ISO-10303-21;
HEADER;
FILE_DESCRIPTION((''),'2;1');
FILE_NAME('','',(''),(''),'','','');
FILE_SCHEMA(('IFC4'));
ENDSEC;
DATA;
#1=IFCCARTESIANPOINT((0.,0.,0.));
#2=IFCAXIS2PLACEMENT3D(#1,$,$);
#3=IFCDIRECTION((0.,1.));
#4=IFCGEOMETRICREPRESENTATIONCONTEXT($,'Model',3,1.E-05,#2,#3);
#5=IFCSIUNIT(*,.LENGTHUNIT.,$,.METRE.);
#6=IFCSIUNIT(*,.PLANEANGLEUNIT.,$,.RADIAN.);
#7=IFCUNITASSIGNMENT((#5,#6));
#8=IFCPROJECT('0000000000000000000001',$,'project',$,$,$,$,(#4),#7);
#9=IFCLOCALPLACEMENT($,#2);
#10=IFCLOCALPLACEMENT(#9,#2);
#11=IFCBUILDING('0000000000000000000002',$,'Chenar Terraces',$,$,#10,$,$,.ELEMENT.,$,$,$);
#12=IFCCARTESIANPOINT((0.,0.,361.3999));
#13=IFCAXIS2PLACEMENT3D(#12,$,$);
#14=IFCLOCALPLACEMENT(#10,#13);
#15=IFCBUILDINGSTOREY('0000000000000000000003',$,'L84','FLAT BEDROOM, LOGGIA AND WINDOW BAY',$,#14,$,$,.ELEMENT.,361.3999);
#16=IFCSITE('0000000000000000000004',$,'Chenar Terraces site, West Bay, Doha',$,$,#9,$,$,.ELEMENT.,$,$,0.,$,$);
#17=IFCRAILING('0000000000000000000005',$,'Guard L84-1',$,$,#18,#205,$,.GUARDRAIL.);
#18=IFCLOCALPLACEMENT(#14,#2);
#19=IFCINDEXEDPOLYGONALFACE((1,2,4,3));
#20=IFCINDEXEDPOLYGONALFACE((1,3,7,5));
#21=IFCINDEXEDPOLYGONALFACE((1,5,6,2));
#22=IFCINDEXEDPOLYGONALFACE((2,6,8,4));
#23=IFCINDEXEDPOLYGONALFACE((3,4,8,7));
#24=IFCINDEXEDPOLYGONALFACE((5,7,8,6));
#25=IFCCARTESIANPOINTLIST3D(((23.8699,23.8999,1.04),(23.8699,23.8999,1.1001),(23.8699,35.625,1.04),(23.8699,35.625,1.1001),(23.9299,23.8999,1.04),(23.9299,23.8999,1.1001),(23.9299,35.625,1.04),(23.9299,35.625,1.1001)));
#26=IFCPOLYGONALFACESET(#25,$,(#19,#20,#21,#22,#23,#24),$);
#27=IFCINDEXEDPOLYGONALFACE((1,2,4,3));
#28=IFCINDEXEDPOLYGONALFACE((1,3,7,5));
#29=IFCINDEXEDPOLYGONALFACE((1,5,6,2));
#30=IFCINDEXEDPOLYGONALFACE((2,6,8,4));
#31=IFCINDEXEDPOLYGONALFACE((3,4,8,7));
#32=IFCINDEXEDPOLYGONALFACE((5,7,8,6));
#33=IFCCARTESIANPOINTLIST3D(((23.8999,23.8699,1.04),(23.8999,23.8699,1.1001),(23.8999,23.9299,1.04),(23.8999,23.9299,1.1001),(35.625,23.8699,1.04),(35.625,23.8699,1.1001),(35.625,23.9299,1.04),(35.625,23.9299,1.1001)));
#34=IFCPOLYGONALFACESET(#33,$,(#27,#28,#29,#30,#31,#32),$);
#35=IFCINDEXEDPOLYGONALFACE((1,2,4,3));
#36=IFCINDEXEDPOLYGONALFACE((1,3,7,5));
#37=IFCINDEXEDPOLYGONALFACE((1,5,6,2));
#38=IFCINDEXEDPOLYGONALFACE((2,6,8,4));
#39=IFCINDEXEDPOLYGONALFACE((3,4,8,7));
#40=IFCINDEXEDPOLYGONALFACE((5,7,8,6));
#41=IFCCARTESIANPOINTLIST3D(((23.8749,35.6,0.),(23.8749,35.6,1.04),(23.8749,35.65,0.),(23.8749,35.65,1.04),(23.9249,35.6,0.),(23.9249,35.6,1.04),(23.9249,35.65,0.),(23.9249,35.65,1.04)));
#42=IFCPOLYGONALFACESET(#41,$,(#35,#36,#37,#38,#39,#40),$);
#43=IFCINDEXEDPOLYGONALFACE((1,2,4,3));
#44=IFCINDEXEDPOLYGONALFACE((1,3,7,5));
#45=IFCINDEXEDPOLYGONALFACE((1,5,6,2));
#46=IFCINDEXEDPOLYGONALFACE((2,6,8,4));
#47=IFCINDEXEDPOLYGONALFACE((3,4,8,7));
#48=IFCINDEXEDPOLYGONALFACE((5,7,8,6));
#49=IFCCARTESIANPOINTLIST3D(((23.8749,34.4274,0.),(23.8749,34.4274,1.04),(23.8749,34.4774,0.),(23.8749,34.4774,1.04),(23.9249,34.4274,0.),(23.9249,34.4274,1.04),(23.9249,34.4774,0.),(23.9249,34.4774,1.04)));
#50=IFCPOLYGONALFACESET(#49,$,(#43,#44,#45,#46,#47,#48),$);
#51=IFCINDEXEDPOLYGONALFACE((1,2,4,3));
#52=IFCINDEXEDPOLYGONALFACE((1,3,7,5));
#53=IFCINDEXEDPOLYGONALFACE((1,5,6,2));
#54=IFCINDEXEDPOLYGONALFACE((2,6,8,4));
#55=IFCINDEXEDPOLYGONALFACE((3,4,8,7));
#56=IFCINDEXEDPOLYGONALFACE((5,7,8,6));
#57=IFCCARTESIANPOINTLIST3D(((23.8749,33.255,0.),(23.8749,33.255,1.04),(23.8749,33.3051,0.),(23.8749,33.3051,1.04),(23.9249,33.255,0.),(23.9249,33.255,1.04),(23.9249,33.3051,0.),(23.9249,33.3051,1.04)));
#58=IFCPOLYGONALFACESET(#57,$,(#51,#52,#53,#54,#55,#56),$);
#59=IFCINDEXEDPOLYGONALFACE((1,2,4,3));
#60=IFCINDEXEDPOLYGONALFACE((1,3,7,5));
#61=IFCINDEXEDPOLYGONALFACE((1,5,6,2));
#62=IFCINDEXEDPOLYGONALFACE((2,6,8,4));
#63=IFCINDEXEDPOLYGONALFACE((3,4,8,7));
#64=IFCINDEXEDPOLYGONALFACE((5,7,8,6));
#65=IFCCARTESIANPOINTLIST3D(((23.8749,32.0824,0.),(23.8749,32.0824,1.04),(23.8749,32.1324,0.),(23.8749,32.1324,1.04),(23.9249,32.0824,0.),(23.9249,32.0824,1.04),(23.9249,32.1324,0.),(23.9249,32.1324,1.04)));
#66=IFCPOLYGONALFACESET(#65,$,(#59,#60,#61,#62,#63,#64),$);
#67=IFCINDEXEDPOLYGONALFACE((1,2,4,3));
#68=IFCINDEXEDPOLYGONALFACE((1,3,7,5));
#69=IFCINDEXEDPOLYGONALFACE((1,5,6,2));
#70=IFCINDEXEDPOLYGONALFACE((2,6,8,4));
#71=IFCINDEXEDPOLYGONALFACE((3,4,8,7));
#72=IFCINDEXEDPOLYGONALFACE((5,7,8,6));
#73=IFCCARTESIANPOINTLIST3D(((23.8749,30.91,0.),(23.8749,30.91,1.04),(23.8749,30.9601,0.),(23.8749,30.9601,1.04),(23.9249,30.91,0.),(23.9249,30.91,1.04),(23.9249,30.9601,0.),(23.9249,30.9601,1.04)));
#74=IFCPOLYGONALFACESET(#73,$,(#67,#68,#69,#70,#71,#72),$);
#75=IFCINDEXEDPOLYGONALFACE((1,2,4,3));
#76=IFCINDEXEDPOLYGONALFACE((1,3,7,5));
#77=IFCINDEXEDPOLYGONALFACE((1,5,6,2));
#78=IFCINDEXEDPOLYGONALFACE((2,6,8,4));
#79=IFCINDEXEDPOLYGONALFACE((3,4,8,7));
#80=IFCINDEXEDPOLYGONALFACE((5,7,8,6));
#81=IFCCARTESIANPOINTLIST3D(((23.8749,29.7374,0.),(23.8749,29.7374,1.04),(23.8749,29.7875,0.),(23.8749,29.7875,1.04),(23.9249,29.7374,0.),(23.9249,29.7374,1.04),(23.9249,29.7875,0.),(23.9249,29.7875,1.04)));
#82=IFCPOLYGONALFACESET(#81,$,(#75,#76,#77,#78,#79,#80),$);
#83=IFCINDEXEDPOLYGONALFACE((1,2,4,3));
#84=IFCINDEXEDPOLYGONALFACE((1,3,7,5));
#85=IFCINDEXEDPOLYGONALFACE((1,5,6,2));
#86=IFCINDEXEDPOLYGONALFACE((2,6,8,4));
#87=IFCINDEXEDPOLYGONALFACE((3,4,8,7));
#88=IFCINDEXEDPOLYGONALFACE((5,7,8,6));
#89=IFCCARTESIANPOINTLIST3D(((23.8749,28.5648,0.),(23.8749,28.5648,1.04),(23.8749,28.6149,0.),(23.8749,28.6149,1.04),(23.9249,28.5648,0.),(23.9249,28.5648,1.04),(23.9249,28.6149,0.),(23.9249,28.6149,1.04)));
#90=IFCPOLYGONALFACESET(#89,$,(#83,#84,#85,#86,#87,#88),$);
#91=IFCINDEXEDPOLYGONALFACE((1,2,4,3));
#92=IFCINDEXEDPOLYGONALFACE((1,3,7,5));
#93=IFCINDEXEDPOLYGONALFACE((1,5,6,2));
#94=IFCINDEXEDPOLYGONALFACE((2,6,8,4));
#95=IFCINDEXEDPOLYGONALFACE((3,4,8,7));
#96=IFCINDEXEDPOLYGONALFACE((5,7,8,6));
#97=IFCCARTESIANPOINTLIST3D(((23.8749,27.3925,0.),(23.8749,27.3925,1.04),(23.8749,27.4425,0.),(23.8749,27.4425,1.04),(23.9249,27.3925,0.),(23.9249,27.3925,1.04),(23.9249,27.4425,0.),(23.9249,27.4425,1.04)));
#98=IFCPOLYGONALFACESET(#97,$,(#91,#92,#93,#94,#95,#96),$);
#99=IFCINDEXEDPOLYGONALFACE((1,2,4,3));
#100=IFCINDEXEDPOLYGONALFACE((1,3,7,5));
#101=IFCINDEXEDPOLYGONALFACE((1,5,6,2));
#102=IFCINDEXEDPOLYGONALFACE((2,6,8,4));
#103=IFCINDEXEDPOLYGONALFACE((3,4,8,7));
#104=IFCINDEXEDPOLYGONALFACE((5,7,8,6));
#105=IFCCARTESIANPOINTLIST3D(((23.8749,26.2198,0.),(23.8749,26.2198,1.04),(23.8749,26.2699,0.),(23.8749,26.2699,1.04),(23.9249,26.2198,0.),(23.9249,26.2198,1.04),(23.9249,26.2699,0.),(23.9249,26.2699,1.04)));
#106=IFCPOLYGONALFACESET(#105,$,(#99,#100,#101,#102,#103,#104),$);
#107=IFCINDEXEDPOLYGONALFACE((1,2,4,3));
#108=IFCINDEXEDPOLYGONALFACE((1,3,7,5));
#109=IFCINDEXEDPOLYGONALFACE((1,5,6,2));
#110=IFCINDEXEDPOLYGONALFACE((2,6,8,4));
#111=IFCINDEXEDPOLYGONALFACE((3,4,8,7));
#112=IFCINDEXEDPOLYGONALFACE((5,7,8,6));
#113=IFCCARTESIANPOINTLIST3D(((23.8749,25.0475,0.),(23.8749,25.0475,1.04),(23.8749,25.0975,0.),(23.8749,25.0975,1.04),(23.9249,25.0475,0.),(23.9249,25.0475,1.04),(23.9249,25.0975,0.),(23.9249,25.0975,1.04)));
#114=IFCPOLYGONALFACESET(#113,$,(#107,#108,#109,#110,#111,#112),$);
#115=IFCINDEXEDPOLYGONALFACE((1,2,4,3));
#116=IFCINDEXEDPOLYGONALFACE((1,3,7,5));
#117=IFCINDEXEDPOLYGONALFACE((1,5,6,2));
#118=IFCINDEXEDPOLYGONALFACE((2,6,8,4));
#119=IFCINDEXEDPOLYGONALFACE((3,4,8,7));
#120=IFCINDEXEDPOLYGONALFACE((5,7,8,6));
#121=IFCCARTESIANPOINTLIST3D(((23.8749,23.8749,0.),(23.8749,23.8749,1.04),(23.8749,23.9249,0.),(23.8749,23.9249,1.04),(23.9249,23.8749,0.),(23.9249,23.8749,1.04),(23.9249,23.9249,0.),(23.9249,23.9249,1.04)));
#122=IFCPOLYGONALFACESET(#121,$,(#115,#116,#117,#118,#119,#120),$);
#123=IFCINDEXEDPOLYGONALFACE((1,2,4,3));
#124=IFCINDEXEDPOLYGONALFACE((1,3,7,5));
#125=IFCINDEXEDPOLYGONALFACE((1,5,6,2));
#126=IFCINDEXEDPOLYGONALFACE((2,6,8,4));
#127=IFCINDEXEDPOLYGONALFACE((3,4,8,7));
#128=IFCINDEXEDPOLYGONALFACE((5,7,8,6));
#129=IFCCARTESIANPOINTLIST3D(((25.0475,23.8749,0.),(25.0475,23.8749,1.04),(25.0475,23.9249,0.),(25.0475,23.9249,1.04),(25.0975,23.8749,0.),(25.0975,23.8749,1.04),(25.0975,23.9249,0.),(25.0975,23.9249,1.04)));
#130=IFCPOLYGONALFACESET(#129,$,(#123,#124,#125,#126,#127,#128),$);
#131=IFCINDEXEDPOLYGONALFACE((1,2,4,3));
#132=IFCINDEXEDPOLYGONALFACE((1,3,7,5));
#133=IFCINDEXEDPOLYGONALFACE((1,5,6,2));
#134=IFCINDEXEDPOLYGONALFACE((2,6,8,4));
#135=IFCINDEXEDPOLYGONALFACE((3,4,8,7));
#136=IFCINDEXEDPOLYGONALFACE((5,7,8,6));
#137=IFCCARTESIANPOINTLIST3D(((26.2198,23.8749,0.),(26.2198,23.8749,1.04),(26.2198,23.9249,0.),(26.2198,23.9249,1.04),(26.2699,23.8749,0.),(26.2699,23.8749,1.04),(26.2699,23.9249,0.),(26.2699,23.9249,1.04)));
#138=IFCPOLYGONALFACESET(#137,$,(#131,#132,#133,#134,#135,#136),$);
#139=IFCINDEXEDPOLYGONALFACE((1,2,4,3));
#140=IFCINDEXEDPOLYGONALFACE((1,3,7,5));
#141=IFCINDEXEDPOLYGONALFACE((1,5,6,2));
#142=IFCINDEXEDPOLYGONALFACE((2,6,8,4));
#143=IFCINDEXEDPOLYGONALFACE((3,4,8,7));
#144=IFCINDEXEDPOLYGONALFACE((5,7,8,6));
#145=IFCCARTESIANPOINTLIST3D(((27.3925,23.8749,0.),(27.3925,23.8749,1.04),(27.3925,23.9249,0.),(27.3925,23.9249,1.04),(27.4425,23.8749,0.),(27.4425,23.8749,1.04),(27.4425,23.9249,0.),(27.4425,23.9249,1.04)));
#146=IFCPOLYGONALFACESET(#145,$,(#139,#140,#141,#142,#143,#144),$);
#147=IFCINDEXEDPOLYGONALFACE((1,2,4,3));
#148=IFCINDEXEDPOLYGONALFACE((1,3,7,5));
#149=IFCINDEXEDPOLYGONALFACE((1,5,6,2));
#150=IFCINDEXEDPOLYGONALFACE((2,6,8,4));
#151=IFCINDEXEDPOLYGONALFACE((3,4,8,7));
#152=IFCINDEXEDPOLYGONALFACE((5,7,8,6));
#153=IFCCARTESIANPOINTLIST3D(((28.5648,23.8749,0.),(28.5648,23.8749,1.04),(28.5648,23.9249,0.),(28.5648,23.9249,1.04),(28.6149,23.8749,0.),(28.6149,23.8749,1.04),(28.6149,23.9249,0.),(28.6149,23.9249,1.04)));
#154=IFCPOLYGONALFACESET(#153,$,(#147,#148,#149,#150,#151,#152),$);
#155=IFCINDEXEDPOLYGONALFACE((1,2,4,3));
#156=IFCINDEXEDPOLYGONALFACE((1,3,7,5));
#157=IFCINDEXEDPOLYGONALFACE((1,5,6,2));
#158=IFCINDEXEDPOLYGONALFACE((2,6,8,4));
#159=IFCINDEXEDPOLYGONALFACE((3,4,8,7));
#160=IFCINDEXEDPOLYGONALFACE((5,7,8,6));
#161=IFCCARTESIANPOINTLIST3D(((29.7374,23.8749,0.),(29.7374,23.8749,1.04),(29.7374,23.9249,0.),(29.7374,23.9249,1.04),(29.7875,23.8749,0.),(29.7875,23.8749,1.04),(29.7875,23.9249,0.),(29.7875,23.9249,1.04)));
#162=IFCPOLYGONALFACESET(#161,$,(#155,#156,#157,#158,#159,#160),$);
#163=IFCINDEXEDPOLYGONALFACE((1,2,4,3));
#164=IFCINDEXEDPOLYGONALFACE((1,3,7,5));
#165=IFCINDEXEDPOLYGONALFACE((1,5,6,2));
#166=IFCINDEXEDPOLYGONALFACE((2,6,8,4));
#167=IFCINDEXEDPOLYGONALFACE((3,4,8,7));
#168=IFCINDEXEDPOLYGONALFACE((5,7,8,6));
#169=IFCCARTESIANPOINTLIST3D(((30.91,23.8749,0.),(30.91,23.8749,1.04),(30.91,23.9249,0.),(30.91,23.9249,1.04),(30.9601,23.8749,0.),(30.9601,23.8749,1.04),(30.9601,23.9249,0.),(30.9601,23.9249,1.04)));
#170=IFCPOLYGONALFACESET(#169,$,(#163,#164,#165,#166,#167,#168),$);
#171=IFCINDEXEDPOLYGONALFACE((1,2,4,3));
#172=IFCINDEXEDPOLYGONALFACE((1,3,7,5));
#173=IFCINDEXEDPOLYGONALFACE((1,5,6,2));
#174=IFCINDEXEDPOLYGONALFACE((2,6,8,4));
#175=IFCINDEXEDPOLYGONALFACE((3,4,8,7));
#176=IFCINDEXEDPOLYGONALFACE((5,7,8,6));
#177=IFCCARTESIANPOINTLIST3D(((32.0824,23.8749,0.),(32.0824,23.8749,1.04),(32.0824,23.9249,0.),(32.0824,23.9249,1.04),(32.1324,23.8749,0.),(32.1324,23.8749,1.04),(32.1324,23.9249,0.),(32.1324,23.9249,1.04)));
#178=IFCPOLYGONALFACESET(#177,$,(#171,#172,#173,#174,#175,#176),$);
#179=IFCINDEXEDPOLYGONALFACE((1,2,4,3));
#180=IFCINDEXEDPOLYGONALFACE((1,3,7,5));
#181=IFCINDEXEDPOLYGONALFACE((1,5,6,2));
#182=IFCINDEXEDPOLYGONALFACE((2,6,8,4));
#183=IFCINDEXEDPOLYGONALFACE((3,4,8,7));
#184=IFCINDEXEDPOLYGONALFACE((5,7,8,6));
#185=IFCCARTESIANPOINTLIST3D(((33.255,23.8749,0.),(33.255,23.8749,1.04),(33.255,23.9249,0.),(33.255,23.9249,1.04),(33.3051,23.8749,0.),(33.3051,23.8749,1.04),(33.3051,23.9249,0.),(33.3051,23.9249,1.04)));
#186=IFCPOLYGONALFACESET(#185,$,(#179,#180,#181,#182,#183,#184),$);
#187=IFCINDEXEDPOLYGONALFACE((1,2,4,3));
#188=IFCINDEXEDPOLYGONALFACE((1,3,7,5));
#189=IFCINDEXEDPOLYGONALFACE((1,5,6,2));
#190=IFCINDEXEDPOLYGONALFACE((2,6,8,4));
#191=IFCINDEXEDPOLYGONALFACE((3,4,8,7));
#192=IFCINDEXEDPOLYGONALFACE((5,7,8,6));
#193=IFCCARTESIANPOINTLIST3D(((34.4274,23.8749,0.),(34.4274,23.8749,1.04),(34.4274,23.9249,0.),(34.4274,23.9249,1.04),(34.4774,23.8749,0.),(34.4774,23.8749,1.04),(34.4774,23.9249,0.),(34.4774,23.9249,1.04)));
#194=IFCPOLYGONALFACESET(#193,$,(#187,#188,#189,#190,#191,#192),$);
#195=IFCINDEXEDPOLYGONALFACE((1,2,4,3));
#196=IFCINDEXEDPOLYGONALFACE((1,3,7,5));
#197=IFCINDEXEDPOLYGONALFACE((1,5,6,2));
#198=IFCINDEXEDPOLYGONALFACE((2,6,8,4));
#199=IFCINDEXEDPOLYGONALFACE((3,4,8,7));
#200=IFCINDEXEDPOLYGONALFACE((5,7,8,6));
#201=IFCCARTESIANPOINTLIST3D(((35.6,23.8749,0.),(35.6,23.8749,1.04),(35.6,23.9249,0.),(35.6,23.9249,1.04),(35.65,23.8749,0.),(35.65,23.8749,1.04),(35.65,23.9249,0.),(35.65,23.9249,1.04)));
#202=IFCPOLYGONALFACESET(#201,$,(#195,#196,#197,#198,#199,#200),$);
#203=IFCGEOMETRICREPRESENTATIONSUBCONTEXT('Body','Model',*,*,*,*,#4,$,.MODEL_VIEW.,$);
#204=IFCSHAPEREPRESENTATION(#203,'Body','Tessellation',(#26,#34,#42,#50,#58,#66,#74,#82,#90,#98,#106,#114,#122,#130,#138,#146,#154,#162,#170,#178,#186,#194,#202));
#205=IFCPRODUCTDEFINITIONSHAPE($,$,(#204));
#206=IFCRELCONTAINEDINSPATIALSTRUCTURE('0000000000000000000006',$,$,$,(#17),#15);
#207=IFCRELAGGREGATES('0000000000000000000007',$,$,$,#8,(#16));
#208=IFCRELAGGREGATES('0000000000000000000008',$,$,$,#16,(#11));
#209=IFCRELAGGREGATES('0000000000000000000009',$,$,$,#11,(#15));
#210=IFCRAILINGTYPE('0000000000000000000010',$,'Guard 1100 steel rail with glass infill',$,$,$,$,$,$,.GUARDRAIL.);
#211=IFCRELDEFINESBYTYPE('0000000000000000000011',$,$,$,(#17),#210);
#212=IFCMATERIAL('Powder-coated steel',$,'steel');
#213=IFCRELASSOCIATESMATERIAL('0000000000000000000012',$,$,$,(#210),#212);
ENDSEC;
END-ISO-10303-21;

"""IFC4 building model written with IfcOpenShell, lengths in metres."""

from ifc_helpers import new_model, si_unit, direction, frame, origin, origin_2d, place, context, subcontext, project, spatial, rectangle, extrude, material, type_object, element, save


model = new_model("IFC4")

# Units and contexts
model_context = context("Model", 3, precision=1e-05, world=origin(), true_north=direction((0.0, 1.0)))
body_context = subcontext(model_context, "Body", "Model", "MODEL_VIEW")
ifc_project = project(units=[si_unit("LENGTHUNIT", "METRE"), si_unit("PLANEANGLEUNIT", "RADIAN")], contexts=[model_context])

# Site, building, storey
site_placement = place(None, origin())
site = spatial("IfcSite", under=ifc_project, at=site_placement, Name="Chenar Terraces site, West Bay, Doha", CompositionType="ELEMENT", RefElevation=0.0)
building_placement = place(site_placement, origin())
building = spatial("IfcBuilding", under=site, at=building_placement, Name="Chenar Terraces", CompositionType="ELEMENT")
storey_placement = place(building_placement, frame((0.0, 0.0, 361.3999)))
storey = spatial("IfcBuildingStorey", under=building, at=storey_placement, Name="L84", Description="FLAT BEDROOM, LOGGIA AND WINDOW BAY", CompositionType="ELEMENT", Elevation=361.3999)

# Railing
ifc_material_1 = material(Name="Powder-coated steel", Category="steel")
railing_type = type_object("IfcRailingType", Name="Guard 1100 steel rail with glass infill", PredefinedType="GUARDRAIL", material=ifc_material_1)
railing_placement = place(storey_placement, frame((23.8999, 35.625, 0.0)))
element("IfcRailing", 1, at=railing_placement, inside=storey, type_object=railing_type, Name="Guard L84-1", PredefinedType="GUARDRAIL", context=body_context, shape_type="SweptSolid", body=[
    extrude(rectangle(XDim=0.0601, YDim=0.0601, at=origin_2d()), frame((0.0, 0.0, 1.0701), z_axis=(0.0, -1.0, 0.0), x_axis=(1.0, 0.0, 0.0)), (0.0, 0.0, 1.0), 11.7251),
    extrude(rectangle(XDim=0.0601, YDim=0.0601, at=origin_2d()), frame((0.0, -11.7251, 1.0701), z_axis=(1.0, 0.0, 0.0), x_axis=(0.0, 1.0, 0.0)), (0.0, 0.0, 1.0), 11.7251),
    extrude(rectangle(XDim=0.05, YDim=0.05, at=origin_2d()), origin(), (0.0, 0.0, 1.0), 1.04),
    extrude(rectangle(XDim=0.05, YDim=0.05, at=origin_2d()), frame((0.0, -1.1726, 0.0)), (0.0, 0.0, 1.0), 1.04),
    extrude(rectangle(XDim=0.05, YDim=0.05, at=origin_2d()), frame((0.0, -2.345, 0.0)), (0.0, 0.0, 1.0), 1.04),
    extrude(rectangle(XDim=0.05, YDim=0.05, at=origin_2d()), frame((0.0, -3.5176, 0.0)), (0.0, 0.0, 1.0), 1.04),
    extrude(rectangle(XDim=0.05, YDim=0.05, at=origin_2d()), frame((0.0, -4.6899, 0.0)), (0.0, 0.0, 1.0), 1.04),
    extrude(rectangle(XDim=0.05, YDim=0.05, at=origin_2d()), frame((0.0, -5.8625, 0.0)), (0.0, 0.0, 1.0), 1.04),
    extrude(rectangle(XDim=0.05, YDim=0.05, at=origin_2d()), frame((0.0, -7.0352, 0.0)), (0.0, 0.0, 1.0), 1.04),
    extrude(rectangle(XDim=0.05, YDim=0.05, at=origin_2d()), frame((0.0, -8.2075, 0.0)), (0.0, 0.0, 1.0), 1.04),
    extrude(rectangle(XDim=0.05, YDim=0.05, at=origin_2d()), frame((0.0, -9.3801, 0.0)), (0.0, 0.0, 1.0), 1.04),
    extrude(rectangle(XDim=0.05, YDim=0.05, at=origin_2d()), frame((0.0, -10.5525, 0.0)), (0.0, 0.0, 1.0), 1.04),
    extrude(rectangle(XDim=0.05, YDim=0.05, at=origin_2d()), frame((0.0, -11.7251, 0.0)), (0.0, 0.0, 1.0), 1.04),
    extrude(rectangle(XDim=0.05, YDim=0.05, at=origin_2d()), frame((1.1726, -11.7251, 0.0)), (0.0, 0.0, 1.0), 1.04),
    extrude(rectangle(XDim=0.05, YDim=0.05, at=origin_2d()), frame((2.345, -11.7251, 0.0)), (0.0, 0.0, 1.0), 1.04),
    extrude(rectangle(XDim=0.05, YDim=0.05, at=origin_2d()), frame((3.5176, -11.7251, 0.0)), (0.0, 0.0, 1.0), 1.04),
    extrude(rectangle(XDim=0.05, YDim=0.05, at=origin_2d()), frame((4.6899, -11.7251, 0.0)), (0.0, 0.0, 1.0), 1.04),
    extrude(rectangle(XDim=0.05, YDim=0.05, at=origin_2d()), frame((5.8625, -11.7251, 0.0)), (0.0, 0.0, 1.0), 1.04),
    extrude(rectangle(XDim=0.05, YDim=0.05, at=origin_2d()), frame((7.0352, -11.7251, 0.0)), (0.0, 0.0, 1.0), 1.04),
    extrude(rectangle(XDim=0.05, YDim=0.05, at=origin_2d()), frame((8.2075, -11.7251, 0.0)), (0.0, 0.0, 1.0), 1.04),
    extrude(rectangle(XDim=0.05, YDim=0.05, at=origin_2d()), frame((9.3801, -11.7251, 0.0)), (0.0, 0.0, 1.0), 1.04),
    extrude(rectangle(XDim=0.05, YDim=0.05, at=origin_2d()), frame((10.5525, -11.7251, 0.0)), (0.0, 0.0, 1.0), 1.04),
    extrude(rectangle(XDim=0.05, YDim=0.05, at=origin_2d()), frame((11.7251, -11.7251, 0.0)), (0.0, 0.0, 1.0), 1.04),
])

save(model, "model.ifc")
